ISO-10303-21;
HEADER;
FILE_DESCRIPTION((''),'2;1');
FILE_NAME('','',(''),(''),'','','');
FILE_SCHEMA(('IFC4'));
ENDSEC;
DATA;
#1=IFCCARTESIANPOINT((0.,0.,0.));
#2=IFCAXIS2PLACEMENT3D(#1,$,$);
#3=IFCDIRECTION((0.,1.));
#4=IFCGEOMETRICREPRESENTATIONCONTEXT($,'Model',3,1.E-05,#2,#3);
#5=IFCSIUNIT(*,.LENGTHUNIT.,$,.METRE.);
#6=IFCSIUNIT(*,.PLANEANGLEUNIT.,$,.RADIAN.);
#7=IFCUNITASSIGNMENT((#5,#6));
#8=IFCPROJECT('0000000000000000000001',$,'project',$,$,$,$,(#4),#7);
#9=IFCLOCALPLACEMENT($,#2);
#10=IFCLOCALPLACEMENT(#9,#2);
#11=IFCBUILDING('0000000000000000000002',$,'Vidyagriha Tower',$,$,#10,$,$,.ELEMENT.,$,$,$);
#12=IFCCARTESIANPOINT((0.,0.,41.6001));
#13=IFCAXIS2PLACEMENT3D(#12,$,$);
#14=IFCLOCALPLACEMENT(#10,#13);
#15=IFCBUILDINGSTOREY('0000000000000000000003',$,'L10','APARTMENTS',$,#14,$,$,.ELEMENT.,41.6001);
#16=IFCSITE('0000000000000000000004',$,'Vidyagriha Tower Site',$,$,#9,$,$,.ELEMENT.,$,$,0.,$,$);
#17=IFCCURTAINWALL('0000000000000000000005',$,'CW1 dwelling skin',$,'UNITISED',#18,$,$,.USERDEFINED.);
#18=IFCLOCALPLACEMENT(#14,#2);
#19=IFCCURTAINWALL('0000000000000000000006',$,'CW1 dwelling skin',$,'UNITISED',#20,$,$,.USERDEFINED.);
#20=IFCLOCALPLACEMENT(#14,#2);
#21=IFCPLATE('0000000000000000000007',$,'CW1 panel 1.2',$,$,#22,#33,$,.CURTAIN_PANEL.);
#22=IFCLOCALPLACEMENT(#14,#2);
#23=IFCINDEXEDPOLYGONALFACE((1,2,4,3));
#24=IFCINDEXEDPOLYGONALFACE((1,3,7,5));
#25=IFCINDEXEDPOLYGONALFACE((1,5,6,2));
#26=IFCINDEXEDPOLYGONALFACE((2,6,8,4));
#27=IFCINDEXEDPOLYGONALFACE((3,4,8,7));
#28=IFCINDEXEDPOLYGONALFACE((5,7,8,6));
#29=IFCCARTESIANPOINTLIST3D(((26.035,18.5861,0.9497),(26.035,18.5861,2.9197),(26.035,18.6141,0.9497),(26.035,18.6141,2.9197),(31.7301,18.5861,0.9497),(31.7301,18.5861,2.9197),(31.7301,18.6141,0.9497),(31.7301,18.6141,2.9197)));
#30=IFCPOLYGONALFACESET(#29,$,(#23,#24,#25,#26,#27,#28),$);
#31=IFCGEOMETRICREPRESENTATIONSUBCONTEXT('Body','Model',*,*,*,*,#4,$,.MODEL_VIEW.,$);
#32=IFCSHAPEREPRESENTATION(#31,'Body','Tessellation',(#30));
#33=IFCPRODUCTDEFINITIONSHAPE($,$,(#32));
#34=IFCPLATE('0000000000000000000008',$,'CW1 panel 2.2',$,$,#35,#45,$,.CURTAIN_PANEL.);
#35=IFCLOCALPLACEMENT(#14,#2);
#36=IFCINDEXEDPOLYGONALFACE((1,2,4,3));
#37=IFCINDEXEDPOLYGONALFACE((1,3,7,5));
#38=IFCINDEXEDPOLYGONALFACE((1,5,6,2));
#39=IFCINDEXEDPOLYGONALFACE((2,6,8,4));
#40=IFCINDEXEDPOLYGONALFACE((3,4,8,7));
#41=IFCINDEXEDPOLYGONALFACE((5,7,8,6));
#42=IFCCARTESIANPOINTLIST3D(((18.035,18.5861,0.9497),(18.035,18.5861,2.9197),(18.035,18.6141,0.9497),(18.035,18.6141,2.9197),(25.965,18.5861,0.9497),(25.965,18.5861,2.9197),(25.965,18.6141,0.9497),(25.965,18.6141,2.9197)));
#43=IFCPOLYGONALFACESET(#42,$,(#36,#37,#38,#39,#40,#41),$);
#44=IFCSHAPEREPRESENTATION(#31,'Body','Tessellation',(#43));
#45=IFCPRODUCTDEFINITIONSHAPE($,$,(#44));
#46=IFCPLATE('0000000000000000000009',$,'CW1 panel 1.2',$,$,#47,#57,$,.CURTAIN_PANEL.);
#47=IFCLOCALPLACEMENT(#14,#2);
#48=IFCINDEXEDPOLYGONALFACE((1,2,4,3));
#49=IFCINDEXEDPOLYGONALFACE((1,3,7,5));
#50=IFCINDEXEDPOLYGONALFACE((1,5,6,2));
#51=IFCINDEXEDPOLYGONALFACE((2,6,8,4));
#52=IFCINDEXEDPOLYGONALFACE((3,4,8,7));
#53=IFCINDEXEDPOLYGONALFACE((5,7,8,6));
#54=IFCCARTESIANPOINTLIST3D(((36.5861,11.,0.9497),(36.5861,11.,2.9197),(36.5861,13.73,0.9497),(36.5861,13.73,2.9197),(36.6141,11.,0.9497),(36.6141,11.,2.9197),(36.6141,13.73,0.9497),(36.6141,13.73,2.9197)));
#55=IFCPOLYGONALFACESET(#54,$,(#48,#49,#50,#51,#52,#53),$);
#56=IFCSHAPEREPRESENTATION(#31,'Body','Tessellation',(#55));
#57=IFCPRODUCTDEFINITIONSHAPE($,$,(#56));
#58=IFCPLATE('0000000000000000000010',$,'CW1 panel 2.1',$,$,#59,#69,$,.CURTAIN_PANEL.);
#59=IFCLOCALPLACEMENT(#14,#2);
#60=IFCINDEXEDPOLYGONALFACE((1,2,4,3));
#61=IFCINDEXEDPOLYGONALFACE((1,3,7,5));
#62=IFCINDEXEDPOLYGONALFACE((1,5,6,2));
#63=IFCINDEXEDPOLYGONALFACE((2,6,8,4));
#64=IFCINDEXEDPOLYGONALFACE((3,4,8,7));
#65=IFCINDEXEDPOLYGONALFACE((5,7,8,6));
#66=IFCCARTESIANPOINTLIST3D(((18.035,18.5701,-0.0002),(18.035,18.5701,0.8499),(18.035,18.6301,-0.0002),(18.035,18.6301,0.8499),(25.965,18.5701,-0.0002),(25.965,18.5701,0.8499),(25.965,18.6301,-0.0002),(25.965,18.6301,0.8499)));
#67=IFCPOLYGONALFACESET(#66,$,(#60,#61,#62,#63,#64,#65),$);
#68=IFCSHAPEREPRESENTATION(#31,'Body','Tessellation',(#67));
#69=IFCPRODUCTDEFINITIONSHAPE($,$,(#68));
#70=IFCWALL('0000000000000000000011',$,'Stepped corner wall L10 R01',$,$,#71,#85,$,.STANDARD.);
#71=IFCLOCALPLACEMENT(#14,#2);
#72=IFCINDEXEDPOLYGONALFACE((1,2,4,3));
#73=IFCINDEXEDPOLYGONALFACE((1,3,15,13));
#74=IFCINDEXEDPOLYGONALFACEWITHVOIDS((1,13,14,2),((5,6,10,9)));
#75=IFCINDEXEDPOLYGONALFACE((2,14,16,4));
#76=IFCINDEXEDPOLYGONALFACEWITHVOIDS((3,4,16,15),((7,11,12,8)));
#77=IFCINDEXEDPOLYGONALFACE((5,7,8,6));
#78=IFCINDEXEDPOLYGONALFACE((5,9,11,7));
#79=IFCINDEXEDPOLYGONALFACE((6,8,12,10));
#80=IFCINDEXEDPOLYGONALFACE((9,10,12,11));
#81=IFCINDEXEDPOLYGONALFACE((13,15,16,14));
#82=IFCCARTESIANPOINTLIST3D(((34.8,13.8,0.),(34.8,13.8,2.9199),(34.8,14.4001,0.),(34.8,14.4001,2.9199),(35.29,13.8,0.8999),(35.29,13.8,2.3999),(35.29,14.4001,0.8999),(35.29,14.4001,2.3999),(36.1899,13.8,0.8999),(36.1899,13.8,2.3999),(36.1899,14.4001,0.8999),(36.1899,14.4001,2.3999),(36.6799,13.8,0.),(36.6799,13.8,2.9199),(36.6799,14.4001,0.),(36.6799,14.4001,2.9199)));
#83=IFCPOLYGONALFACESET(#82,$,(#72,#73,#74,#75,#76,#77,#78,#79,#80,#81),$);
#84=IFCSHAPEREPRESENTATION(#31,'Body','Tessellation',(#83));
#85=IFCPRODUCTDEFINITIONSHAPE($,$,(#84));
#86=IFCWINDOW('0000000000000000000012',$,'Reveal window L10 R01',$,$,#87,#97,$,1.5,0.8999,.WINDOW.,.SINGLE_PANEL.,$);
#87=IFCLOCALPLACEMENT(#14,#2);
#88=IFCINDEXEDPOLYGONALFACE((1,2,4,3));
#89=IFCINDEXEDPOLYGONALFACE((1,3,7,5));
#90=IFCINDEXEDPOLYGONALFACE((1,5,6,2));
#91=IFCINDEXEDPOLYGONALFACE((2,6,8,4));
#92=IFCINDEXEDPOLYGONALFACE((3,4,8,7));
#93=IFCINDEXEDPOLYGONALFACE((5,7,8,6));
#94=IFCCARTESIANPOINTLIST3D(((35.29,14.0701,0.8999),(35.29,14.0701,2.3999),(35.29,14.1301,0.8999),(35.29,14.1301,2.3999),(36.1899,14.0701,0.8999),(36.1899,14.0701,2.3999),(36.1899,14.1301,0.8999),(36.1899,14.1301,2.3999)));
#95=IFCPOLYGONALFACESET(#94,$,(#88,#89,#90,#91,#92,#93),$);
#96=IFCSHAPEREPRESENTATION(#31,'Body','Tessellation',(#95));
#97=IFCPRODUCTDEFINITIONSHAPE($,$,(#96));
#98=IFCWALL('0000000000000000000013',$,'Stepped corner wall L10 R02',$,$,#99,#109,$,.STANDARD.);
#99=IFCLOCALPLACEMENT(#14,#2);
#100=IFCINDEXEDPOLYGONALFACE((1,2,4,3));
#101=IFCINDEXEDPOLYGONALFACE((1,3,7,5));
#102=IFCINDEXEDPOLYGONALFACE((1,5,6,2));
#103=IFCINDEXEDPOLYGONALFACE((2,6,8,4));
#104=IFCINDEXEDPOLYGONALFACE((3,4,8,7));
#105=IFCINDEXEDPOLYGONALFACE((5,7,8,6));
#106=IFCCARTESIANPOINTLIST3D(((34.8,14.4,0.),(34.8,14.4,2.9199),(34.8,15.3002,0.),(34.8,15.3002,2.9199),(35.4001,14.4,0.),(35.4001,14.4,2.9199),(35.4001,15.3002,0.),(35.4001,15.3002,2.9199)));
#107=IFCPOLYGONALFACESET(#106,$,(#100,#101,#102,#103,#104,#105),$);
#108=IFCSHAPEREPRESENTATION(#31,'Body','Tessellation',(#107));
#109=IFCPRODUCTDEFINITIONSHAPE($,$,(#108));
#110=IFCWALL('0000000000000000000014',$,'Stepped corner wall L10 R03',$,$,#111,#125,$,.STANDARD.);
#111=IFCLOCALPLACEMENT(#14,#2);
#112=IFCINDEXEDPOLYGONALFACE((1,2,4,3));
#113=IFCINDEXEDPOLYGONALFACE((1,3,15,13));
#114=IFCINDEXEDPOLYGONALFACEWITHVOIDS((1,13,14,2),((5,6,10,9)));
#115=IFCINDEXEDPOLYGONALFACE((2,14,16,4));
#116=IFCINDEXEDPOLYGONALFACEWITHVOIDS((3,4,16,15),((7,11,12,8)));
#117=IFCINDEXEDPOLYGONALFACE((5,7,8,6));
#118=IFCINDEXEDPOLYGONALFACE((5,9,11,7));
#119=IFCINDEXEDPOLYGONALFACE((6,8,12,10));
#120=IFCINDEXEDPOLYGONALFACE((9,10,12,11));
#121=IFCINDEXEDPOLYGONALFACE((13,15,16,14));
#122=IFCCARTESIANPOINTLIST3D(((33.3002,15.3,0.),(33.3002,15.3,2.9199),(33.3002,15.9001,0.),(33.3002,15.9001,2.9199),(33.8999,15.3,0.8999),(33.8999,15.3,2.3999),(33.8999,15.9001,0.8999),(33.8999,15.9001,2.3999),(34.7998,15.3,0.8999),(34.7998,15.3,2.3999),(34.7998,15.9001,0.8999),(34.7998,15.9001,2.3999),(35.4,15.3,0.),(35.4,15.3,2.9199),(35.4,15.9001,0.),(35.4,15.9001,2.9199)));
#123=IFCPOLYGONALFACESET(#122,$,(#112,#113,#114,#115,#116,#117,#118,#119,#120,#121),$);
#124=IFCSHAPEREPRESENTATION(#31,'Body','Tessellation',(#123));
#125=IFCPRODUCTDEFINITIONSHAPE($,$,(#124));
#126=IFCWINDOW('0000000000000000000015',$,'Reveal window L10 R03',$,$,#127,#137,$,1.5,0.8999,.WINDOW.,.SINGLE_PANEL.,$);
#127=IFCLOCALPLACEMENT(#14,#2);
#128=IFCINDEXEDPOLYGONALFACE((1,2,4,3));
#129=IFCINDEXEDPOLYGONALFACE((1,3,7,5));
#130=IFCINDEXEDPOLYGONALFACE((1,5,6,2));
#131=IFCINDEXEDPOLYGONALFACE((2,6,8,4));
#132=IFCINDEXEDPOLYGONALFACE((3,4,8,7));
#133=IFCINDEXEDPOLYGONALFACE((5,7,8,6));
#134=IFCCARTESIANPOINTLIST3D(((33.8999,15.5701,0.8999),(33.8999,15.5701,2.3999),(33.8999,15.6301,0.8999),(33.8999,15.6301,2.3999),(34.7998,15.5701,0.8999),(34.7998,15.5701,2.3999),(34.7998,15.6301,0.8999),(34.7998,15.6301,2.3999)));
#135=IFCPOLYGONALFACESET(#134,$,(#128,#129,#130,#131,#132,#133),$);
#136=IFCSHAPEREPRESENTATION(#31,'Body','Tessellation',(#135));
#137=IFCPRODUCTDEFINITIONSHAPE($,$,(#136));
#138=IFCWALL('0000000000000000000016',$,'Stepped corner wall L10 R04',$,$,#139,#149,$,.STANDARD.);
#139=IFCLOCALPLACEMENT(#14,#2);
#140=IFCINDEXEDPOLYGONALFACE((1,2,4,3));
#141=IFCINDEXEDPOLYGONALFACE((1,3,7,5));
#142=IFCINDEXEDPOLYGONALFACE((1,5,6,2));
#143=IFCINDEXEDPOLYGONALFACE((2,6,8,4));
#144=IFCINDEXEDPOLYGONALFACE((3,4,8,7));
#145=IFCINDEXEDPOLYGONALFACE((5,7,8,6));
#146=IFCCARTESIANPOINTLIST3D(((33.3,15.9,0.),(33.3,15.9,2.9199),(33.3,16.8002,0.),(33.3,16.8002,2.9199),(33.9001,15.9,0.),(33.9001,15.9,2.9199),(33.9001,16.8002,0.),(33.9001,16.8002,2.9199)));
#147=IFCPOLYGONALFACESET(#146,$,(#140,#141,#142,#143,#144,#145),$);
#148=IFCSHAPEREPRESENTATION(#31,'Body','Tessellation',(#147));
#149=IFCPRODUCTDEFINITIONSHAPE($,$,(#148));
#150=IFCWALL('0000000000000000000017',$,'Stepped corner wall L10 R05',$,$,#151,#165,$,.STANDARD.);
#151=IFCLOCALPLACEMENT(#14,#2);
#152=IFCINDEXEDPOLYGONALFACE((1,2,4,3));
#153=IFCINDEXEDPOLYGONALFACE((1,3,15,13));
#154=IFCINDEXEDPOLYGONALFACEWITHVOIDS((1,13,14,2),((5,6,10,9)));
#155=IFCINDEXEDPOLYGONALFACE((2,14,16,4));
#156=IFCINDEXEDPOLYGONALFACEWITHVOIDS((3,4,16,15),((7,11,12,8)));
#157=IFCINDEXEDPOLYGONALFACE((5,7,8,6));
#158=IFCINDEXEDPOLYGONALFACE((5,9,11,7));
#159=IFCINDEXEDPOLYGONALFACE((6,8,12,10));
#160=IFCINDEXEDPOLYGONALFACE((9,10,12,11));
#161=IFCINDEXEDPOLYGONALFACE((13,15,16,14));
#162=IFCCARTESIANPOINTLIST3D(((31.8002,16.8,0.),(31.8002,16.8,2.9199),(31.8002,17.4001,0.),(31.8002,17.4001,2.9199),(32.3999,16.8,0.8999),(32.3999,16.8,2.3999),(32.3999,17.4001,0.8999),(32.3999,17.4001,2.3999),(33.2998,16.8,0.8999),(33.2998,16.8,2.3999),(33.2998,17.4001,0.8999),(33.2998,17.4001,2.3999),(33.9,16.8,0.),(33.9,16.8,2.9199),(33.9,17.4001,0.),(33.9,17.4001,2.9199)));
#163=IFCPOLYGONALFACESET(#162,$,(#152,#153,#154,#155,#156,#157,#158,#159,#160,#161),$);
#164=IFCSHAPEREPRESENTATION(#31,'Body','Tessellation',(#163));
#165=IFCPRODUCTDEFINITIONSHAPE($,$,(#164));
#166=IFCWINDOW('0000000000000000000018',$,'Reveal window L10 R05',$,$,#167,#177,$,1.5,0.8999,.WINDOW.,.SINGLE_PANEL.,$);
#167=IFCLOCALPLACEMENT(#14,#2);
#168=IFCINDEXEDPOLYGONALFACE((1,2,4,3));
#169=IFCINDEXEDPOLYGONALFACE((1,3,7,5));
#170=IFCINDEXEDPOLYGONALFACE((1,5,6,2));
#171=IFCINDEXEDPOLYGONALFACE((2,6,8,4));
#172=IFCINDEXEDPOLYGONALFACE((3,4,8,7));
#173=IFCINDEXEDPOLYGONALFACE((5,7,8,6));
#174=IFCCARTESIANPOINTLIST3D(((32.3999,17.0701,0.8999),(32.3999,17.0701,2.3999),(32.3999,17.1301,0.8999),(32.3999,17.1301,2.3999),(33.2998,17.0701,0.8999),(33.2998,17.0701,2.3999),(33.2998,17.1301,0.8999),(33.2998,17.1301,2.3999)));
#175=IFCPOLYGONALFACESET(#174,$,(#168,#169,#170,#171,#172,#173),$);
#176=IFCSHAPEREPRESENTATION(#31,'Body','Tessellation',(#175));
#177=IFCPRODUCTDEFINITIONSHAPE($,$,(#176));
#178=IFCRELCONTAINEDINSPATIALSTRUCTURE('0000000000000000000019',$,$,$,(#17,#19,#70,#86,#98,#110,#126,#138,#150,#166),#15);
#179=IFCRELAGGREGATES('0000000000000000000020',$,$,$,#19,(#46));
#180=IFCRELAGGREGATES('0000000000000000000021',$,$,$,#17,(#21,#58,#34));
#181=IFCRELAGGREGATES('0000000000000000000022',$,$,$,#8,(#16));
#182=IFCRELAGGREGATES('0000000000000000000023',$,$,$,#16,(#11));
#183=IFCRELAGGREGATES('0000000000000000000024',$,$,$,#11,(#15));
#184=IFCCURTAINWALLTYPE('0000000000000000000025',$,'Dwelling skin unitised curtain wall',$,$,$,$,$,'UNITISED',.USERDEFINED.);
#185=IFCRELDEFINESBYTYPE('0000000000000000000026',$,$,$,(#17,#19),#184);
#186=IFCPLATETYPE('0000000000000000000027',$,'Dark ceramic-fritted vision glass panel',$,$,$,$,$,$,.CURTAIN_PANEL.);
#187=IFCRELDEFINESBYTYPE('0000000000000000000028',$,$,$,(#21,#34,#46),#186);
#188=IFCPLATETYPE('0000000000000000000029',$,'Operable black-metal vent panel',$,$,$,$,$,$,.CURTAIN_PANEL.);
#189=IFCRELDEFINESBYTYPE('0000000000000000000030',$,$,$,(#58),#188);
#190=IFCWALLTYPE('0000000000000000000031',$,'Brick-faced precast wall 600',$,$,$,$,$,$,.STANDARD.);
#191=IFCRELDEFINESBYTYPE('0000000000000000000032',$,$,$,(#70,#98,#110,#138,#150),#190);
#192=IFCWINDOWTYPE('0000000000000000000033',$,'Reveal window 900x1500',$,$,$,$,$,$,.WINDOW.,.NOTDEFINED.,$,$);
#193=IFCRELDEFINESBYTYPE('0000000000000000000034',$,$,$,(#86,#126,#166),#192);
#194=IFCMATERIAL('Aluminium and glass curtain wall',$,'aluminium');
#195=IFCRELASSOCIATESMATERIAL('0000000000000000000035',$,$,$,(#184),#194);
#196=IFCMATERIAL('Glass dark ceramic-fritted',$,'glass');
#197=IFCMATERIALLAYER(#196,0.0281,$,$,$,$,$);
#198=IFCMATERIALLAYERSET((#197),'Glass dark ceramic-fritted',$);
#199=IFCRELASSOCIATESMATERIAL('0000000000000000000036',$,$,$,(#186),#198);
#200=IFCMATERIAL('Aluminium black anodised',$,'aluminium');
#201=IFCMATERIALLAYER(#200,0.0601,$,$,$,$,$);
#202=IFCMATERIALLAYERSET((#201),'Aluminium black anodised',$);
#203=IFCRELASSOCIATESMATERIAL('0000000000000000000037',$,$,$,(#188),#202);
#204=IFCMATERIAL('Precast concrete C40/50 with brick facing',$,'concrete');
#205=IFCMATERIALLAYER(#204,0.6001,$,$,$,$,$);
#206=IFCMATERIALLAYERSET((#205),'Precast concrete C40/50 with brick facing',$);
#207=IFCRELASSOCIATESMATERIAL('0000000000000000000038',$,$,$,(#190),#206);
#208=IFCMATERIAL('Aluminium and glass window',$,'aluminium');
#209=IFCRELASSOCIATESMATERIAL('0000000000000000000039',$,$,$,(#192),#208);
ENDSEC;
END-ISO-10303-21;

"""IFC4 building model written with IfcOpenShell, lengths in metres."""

from ifc_helpers import new_model, si_unit, direction, frame, frame_2d, origin, origin_2d, place, context, subcontext, project, spatial, rectangle, extrude, material, layer, layer_set, type_object, element, fill, aggregate, save


model = new_model("IFC4")

# Units and contexts
model_context = context("Model", 3, precision=1e-05, world=origin(), true_north=direction((0.0, 1.0)))
body_context = subcontext(model_context, "Body", "Model", "MODEL_VIEW")
ifc_project = project(units=[si_unit("LENGTHUNIT", "METRE"), si_unit("PLANEANGLEUNIT", "RADIAN")], contexts=[model_context])

# Site, building, storey
site_placement = place(None, origin())
site = spatial("IfcSite", under=ifc_project, at=site_placement, Name="Vidyagriha Tower Site", CompositionType="ELEMENT", RefElevation=0.0)
building_placement = place(site_placement, origin())
building = spatial("IfcBuilding", under=site, at=building_placement, Name="Vidyagriha Tower", CompositionType="ELEMENT")
storey_placement = place(building_placement, frame((0.0, 0.0, 41.6001)))
storey = spatial("IfcBuildingStorey", under=building, at=storey_placement, Name="L10", Description="APARTMENTS", CompositionType="ELEMENT", Elevation=41.6001)

# Curtain wall
ifc_material_1 = material(Name="Aluminium and glass curtain wall", Category="aluminium")
curtain_wall_type = type_object("IfcCurtainWallType", Name="Dwelling skin unitised curtain wall", ElementType="UNITISED", PredefinedType="USERDEFINED", material=ifc_material_1)
curtain_wall_1_placement = place(storey_placement, origin())
curtain_wall_1 = element("IfcCurtainWall", 1, at=curtain_wall_1_placement, inside=storey, type_object=curtain_wall_type, Name="CW1 dwelling skin", ObjectType="UNITISED", PredefinedType="USERDEFINED")

# Curtain wall
curtain_wall_2_placement = place(storey_placement, origin())
curtain_wall_2 = element("IfcCurtainWall", 2, at=curtain_wall_2_placement, inside=storey, type_object=curtain_wall_type, Name="CW1 dwelling skin", ObjectType="UNITISED", PredefinedType="USERDEFINED")

# Plates
ifc_material_2 = material(Name="Glass dark ceramic-fritted", Category="glass")
ifc_layer_1 = layer(ifc_material_2, 0.0281)
ifc_layer_set_1 = layer_set([ifc_layer_1], Name="Glass dark ceramic-fritted")
plate_type_1 = type_object("IfcPlateType", Name="Dark ceramic-fritted vision glass panel", PredefinedType="CURTAIN_PANEL", material=ifc_layer_set_1)
plate_1_placement = place(storey_placement, frame((28.8826, 18.6001, 0.9497), z_axis=(0.0, 0.0, 1.0), x_axis=(-1.0, 0.0, 0.0)))
plate_1 = element("IfcPlate", 3, at=plate_1_placement, type_object=plate_type_1, Name="CW1 panel 1.2", PredefinedType="CURTAIN_PANEL", context=body_context, shape_type="SweptSolid", body=[
    extrude(rectangle(XDim=5.6951, YDim=0.0281, at=origin_2d()), origin(), (0.0, 0.0, 1.0), 1.97),
])
plate_2_placement = place(storey_placement, frame((22.0, 18.6001, 0.9497), z_axis=(0.0, 0.0, 1.0), x_axis=(-1.0, 0.0, 0.0)))
plate_2 = element("IfcPlate", 4, at=plate_2_placement, type_object=plate_type_1, Name="CW1 panel 2.2", PredefinedType="CURTAIN_PANEL", context=body_context, shape_type="SweptSolid", body=[
    extrude(rectangle(XDim=7.9299, YDim=0.0281, at=origin_2d()), origin(), (0.0, 0.0, 1.0), 1.97),
])
plate_3_placement = place(storey_placement, frame((36.6001, 12.365, 0.9497), z_axis=(0.0, 0.0, 1.0), x_axis=(0.0, 1.0, 0.0)))
plate_3 = element("IfcPlate", 5, at=plate_3_placement, type_object=plate_type_1, Name="CW1 panel 1.2", PredefinedType="CURTAIN_PANEL", context=body_context, shape_type="SweptSolid", body=[
    extrude(rectangle(XDim=2.73, YDim=0.0281, at=origin_2d()), origin(), (0.0, 0.0, 1.0), 1.97),
])
aggregate(curtain_wall_2, [plate_3])
ifc_material_3 = material(Name="Aluminium black anodised", Category="aluminium")
ifc_layer_2 = layer(ifc_material_3, 0.0601)
ifc_layer_set_2 = layer_set([ifc_layer_2], Name="Aluminium black anodised")
plate_type_2 = type_object("IfcPlateType", Name="Operable black-metal vent panel", PredefinedType="CURTAIN_PANEL", material=ifc_layer_set_2)
plate_4_placement = place(storey_placement, frame((22.0, 18.6001, -0.0002), z_axis=(0.0, 0.0, 1.0), x_axis=(-1.0, 0.0, 0.0)))
plate_4 = element("IfcPlate", 6, at=plate_4_placement, type_object=plate_type_2, Name="CW1 panel 2.1", PredefinedType="CURTAIN_PANEL", context=body_context, shape_type="SweptSolid", body=[
    extrude(rectangle(XDim=7.9299, YDim=0.0601, at=origin_2d()), origin(), (0.0, 0.0, 1.0), 0.8501),
])
aggregate(curtain_wall_1, [plate_1, plate_4, plate_2])

# Wall, opening, window
ifc_material_4 = material(Name="Precast concrete C40/50 with brick facing", Category="concrete")
ifc_layer_3 = layer(ifc_material_4, 0.6001)
ifc_layer_set_3 = layer_set([ifc_layer_3], Name="Precast concrete C40/50 with brick facing")
wall_type_1 = type_object("IfcWallType", Name="Brick-faced precast wall 600", PredefinedType="STANDARD", material=ifc_layer_set_3)
wall_1_placement = place(storey_placement, frame((36.6799, 14.1001, 0.0), z_axis=(0.0, 0.0, 1.0), x_axis=(-1.0, 0.0, 0.0)))
wall_1 = element("IfcWall", 7, at=wall_1_placement, inside=storey, type_object=wall_type_1, Name="Stepped corner wall L10 R01", PredefinedType="STANDARD", context=body_context, shape_type="SweptSolid", body=[
    extrude(rectangle(XDim=1.8799, YDim=0.6001, at=frame_2d((0.9399, 0.0))), origin(), (0.0, 0.0, 1.0), 2.9199),
])
opening_1_placement = place(wall_1_placement, frame((0.49, 0.0, 0.8999)))
opening_1 = element("IfcOpeningElement", 8, at=opening_1_placement, cuts=wall_1, PredefinedType="OPENING", context=body_context, shape_type="SweptSolid", body=[
    extrude(rectangle(XDim=0.8999, YDim=1.5, at=frame_2d((0.45, 0.75))), frame((0.0, 0.3101, 0.0), z_axis=(0.0, -1.0, 0.0), x_axis=(1.0, 0.0, 0.0)), (0.0, 0.0, 1.0), 0.6201),
])
ifc_material_5 = material(Name="Aluminium and glass window", Category="aluminium")
window_type = type_object("IfcWindowType", Name="Reveal window 900x1500", PartitioningType="NOTDEFINED", PredefinedType="WINDOW", material=ifc_material_5)
window_1_placement = place(opening_1_placement, origin())
window_1 = element("IfcWindow", 9, at=window_1_placement, inside=storey, type_object=window_type, Name="Reveal window L10 R01", OverallHeight=1.5, OverallWidth=0.8999, PartitioningType="SINGLE_PANEL", PredefinedType="WINDOW", context=body_context, shape_type="SweptSolid", body=[
    extrude(rectangle(XDim=0.8999, YDim=1.5, at=frame_2d((0.45, 0.75))), frame((0.0, 0.03, 0.0), z_axis=(0.0, -1.0, 0.0), x_axis=(1.0, 0.0, 0.0)), (0.0, 0.0, 1.0), 0.0601),
])
fill(opening_1, window_1)

# Wall
wall_2_placement = place(storey_placement, frame((35.1001, 14.3999, 0.0), z_axis=(0.0, 0.0, 1.0), x_axis=(0.0, 1.0, 0.0)))
element("IfcWall", 10, at=wall_2_placement, inside=storey, type_object=wall_type_1, Name="Stepped corner wall L10 R02", PredefinedType="STANDARD", context=body_context, shape_type="SweptSolid", body=[
    extrude(rectangle(XDim=0.9001, YDim=0.6001, at=frame_2d((0.4502, 0.0))), origin(), (0.0, 0.0, 1.0), 2.9199),
])

# Wall, opening, window
wall_3_placement = place(storey_placement, frame((35.3999, 15.6001, 0.0), z_axis=(0.0, 0.0, 1.0), x_axis=(-1.0, 0.0, 0.0)))
wall_3 = element("IfcWall", 11, at=wall_3_placement, inside=storey, type_object=wall_type_1, Name="Stepped corner wall L10 R03", PredefinedType="STANDARD", context=body_context, shape_type="SweptSolid", body=[
    extrude(rectangle(XDim=2.0999, YDim=0.6001, at=frame_2d((1.0498, 0.0))), origin(), (0.0, 0.0, 1.0), 2.9199),
])
opening_2_placement = place(wall_3_placement, frame((0.6001, 0.0, 0.8999)))
opening_2 = element("IfcOpeningElement", 12, at=opening_2_placement, cuts=wall_3, PredefinedType="OPENING", context=body_context, shape_type="SweptSolid", body=[
    extrude(rectangle(XDim=0.8999, YDim=1.5, at=frame_2d((0.45, 0.75))), frame((0.0, 0.3101, 0.0), z_axis=(0.0, -1.0, 0.0), x_axis=(1.0, 0.0, 0.0)), (0.0, 0.0, 1.0), 0.6201),
])
window_2_placement = place(opening_2_placement, origin())
window_2 = element("IfcWindow", 13, at=window_2_placement, inside=storey, type_object=window_type, Name="Reveal window L10 R03", OverallHeight=1.5, OverallWidth=0.8999, PartitioningType="SINGLE_PANEL", PredefinedType="WINDOW", context=body_context, shape_type="SweptSolid", body=[
    extrude(rectangle(XDim=0.8999, YDim=1.5, at=frame_2d((0.45, 0.75))), frame((0.0, 0.03, 0.0), z_axis=(0.0, -1.0, 0.0), x_axis=(1.0, 0.0, 0.0)), (0.0, 0.0, 1.0), 0.0601),
])
fill(opening_2, window_2)

# Wall
wall_4_placement = place(storey_placement, frame((33.6001, 15.8999, 0.0), z_axis=(0.0, 0.0, 1.0), x_axis=(0.0, 1.0, 0.0)))
element("IfcWall", 14, at=wall_4_placement, inside=storey, type_object=wall_type_1, Name="Stepped corner wall L10 R04", PredefinedType="STANDARD", context=body_context, shape_type="SweptSolid", body=[
    extrude(rectangle(XDim=0.9001, YDim=0.6001, at=frame_2d((0.4502, 0.0))), origin(), (0.0, 0.0, 1.0), 2.9199),
])

# Wall, opening, window
wall_5_placement = place(storey_placement, frame((33.8999, 17.1001, 0.0), z_axis=(0.0, 0.0, 1.0), x_axis=(-1.0, 0.0, 0.0)))
wall_5 = element("IfcWall", 15, at=wall_5_placement, inside=storey, type_object=wall_type_1, Name="Stepped corner wall L10 R05", PredefinedType="STANDARD", context=body_context, shape_type="SweptSolid", body=[
    extrude(rectangle(XDim=2.0999, YDim=0.6001, at=frame_2d((1.0498, 0.0))), origin(), (0.0, 0.0, 1.0), 2.9199),
])
opening_3_placement = place(wall_5_placement, frame((0.6001, 0.0, 0.8999)))
opening_3 = element("IfcOpeningElement", 16, at=opening_3_placement, cuts=wall_5, PredefinedType="OPENING", context=body_context, shape_type="SweptSolid", body=[
    extrude(rectangle(XDim=0.8999, YDim=1.5, at=frame_2d((0.45, 0.75))), frame((0.0, 0.3101, 0.0), z_axis=(0.0, -1.0, 0.0), x_axis=(1.0, 0.0, 0.0)), (0.0, 0.0, 1.0), 0.6201),
])
window_3_placement = place(opening_3_placement, origin())
window_3 = element("IfcWindow", 17, at=window_3_placement, inside=storey, type_object=window_type, Name="Reveal window L10 R05", OverallHeight=1.5, OverallWidth=0.8999, PartitioningType="SINGLE_PANEL", PredefinedType="WINDOW", context=body_context, shape_type="SweptSolid", body=[
    extrude(rectangle(XDim=0.8999, YDim=1.5, at=frame_2d((0.45, 0.75))), frame((0.0, 0.03, 0.0), z_axis=(0.0, -1.0, 0.0), x_axis=(1.0, 0.0, 0.0)), (0.0, 0.0, 1.0), 0.0601),
])
fill(opening_3, window_3)

save(model, "model.ifc")
